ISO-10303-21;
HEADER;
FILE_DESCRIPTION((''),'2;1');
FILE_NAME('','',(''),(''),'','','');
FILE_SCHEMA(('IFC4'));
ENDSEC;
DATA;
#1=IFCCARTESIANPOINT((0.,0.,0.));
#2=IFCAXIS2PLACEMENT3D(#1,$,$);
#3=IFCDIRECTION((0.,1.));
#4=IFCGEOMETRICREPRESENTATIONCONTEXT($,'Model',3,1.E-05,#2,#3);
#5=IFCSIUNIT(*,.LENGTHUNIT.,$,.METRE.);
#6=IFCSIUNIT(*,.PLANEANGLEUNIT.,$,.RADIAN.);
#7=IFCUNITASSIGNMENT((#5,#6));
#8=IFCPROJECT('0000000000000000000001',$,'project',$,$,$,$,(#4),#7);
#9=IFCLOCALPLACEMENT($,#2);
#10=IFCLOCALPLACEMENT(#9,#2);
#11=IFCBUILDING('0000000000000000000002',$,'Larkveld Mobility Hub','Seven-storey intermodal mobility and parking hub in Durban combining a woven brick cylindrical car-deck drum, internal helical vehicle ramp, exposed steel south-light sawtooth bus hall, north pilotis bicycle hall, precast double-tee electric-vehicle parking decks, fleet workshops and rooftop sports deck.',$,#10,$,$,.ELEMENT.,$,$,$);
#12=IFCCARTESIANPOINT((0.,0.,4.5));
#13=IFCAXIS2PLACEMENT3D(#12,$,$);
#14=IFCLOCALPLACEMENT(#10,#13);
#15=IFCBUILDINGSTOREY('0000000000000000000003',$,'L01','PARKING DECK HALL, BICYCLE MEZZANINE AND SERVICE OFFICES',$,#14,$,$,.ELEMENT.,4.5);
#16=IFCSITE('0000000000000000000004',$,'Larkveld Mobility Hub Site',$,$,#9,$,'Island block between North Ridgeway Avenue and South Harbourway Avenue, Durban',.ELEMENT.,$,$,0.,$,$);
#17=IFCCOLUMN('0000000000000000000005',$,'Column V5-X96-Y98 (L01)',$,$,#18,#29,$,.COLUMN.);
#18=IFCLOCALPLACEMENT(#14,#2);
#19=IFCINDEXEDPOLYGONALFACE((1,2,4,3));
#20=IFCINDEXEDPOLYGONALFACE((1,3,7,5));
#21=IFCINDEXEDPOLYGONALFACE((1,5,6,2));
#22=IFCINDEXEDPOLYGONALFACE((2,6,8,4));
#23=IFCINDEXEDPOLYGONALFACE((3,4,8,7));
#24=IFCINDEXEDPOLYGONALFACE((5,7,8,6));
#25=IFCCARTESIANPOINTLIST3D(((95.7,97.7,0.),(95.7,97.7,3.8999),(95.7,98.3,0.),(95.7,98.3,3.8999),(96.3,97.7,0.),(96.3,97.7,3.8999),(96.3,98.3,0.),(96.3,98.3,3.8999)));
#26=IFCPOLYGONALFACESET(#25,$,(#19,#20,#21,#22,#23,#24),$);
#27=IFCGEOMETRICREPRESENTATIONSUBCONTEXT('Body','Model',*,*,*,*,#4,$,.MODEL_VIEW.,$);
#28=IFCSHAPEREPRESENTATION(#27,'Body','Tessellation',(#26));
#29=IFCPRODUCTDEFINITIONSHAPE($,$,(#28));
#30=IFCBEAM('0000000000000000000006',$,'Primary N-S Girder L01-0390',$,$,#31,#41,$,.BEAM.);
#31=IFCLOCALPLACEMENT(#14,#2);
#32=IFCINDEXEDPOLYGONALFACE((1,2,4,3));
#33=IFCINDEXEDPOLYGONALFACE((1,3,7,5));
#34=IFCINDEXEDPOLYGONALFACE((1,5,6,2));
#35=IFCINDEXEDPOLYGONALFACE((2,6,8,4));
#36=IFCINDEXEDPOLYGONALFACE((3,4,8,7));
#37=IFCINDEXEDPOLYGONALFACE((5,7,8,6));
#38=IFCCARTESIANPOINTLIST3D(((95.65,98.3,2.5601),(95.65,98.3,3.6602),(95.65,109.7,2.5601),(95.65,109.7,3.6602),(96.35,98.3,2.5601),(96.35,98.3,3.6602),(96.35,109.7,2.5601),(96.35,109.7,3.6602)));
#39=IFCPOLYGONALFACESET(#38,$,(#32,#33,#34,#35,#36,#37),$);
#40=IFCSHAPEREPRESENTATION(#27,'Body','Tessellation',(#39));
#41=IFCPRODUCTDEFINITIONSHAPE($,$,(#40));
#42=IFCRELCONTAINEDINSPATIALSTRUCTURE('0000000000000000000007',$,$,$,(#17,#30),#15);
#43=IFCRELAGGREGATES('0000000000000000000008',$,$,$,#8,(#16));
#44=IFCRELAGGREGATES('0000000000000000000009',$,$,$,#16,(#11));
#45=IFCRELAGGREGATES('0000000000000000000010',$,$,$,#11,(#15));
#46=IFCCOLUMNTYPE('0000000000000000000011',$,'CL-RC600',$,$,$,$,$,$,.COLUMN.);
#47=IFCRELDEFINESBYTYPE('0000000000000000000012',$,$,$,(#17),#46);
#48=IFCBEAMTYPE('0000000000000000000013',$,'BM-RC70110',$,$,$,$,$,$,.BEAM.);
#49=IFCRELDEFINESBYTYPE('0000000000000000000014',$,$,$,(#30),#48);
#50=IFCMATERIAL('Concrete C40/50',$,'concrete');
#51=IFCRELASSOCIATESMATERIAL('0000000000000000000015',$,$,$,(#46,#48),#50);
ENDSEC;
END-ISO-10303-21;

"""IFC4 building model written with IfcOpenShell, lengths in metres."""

from ifc_helpers import new_model, si_unit, direction, frame, origin, origin_2d, place, context, subcontext, project, spatial, rectangle, extrude, material, material_profile, profile_set, type_object, element, save


model = new_model("IFC4")

# Units and contexts
model_context = context("Model", 3, precision=1e-05, world=origin(), true_north=direction((0.0, 1.0)))
body_context = subcontext(model_context, "Body", "Model", "MODEL_VIEW")
ifc_project = project(units=[si_unit("LENGTHUNIT", "METRE"), si_unit("PLANEANGLEUNIT", "RADIAN")], contexts=[model_context])

# Site, building, storey
site_placement = place(None, origin())
site = spatial("IfcSite", under=ifc_project, at=site_placement, Name="Larkveld Mobility Hub Site", LongName="Island block between North Ridgeway Avenue and South Harbourway Avenue, Durban", CompositionType="ELEMENT", RefElevation=0.0)
building_placement = place(site_placement, origin())
building = spatial("IfcBuilding", under=site, at=building_placement, Name="Larkveld Mobility Hub", Description="Seven-storey intermodal mobility and parking hub in Durban combining a woven brick cylindrical car-deck drum, internal helical vehicle ramp, exposed steel south-light sawtooth bus hall, north pilotis bicycle hall, precast double-tee electric-vehicle parking decks, fleet workshops and rooftop sports deck.", CompositionType="ELEMENT")
storey_placement = place(building_placement, frame((0.0, 0.0, 4.5)))
storey = spatial("IfcBuildingStorey", under=building, at=storey_placement, Name="L01", Description="PARKING DECK HALL, BICYCLE MEZZANINE AND SERVICE OFFICES", CompositionType="ELEMENT", Elevation=4.5)

# Column
ifc_material_1 = material(Name="Concrete C40/50", Category="concrete")
ifc_material_profile_1 = material_profile(ifc_material_1, rectangle(XDim=0.6001, YDim=0.6001, at=origin_2d()), Name="RC COL 600x600")
ifc_profile_set_1 = profile_set([ifc_material_profile_1], Name="Concrete C40/50")
column_type = type_object("IfcColumnType", Name="CL-RC600", PredefinedType="COLUMN", material=ifc_profile_set_1)
column_placement = place(storey_placement, frame((96.0, 98.0, 0.0), z_axis=(0.0, 0.0, 1.0), x_axis=(1.0, 0.0, 0.0)))
element("IfcColumn", 1, at=column_placement, inside=storey, type_object=column_type, Name="Column V5-X96-Y98 (L01)", PredefinedType="COLUMN", context=body_context, shape_type="SweptSolid", body=[
    extrude(rectangle(XDim=0.6001, YDim=0.6001, at=origin_2d()), origin(), (0.0, 0.0, 1.0), 3.8999),
])

# Beam
ifc_material_profile_2 = material_profile(ifc_material_1, rectangle(XDim=0.7, YDim=1.1001, at=origin_2d()), Name="RC BM 700x1100")
ifc_profile_set_2 = profile_set([ifc_material_profile_2], Name="Concrete C40/50")
beam_type = type_object("IfcBeamType", Name="BM-RC70110", PredefinedType="BEAM", material=ifc_profile_set_2)
beam_placement = place(storey_placement, frame((96.0, 98.3, 3.1101), z_axis=(0.0, 1.0, 0.0), x_axis=(-1.0, 0.0, 0.0)))
element("IfcBeam", 2, at=beam_placement, inside=storey, type_object=beam_type, Name="Primary N-S Girder L01-0390", PredefinedType="BEAM", context=body_context, shape_type="SweptSolid", body=[
    extrude(rectangle(XDim=0.7, YDim=1.1001, at=origin_2d()), origin(), (0.0, 0.0, 1.0), 11.3999),
])

save(model, "model.ifc")
